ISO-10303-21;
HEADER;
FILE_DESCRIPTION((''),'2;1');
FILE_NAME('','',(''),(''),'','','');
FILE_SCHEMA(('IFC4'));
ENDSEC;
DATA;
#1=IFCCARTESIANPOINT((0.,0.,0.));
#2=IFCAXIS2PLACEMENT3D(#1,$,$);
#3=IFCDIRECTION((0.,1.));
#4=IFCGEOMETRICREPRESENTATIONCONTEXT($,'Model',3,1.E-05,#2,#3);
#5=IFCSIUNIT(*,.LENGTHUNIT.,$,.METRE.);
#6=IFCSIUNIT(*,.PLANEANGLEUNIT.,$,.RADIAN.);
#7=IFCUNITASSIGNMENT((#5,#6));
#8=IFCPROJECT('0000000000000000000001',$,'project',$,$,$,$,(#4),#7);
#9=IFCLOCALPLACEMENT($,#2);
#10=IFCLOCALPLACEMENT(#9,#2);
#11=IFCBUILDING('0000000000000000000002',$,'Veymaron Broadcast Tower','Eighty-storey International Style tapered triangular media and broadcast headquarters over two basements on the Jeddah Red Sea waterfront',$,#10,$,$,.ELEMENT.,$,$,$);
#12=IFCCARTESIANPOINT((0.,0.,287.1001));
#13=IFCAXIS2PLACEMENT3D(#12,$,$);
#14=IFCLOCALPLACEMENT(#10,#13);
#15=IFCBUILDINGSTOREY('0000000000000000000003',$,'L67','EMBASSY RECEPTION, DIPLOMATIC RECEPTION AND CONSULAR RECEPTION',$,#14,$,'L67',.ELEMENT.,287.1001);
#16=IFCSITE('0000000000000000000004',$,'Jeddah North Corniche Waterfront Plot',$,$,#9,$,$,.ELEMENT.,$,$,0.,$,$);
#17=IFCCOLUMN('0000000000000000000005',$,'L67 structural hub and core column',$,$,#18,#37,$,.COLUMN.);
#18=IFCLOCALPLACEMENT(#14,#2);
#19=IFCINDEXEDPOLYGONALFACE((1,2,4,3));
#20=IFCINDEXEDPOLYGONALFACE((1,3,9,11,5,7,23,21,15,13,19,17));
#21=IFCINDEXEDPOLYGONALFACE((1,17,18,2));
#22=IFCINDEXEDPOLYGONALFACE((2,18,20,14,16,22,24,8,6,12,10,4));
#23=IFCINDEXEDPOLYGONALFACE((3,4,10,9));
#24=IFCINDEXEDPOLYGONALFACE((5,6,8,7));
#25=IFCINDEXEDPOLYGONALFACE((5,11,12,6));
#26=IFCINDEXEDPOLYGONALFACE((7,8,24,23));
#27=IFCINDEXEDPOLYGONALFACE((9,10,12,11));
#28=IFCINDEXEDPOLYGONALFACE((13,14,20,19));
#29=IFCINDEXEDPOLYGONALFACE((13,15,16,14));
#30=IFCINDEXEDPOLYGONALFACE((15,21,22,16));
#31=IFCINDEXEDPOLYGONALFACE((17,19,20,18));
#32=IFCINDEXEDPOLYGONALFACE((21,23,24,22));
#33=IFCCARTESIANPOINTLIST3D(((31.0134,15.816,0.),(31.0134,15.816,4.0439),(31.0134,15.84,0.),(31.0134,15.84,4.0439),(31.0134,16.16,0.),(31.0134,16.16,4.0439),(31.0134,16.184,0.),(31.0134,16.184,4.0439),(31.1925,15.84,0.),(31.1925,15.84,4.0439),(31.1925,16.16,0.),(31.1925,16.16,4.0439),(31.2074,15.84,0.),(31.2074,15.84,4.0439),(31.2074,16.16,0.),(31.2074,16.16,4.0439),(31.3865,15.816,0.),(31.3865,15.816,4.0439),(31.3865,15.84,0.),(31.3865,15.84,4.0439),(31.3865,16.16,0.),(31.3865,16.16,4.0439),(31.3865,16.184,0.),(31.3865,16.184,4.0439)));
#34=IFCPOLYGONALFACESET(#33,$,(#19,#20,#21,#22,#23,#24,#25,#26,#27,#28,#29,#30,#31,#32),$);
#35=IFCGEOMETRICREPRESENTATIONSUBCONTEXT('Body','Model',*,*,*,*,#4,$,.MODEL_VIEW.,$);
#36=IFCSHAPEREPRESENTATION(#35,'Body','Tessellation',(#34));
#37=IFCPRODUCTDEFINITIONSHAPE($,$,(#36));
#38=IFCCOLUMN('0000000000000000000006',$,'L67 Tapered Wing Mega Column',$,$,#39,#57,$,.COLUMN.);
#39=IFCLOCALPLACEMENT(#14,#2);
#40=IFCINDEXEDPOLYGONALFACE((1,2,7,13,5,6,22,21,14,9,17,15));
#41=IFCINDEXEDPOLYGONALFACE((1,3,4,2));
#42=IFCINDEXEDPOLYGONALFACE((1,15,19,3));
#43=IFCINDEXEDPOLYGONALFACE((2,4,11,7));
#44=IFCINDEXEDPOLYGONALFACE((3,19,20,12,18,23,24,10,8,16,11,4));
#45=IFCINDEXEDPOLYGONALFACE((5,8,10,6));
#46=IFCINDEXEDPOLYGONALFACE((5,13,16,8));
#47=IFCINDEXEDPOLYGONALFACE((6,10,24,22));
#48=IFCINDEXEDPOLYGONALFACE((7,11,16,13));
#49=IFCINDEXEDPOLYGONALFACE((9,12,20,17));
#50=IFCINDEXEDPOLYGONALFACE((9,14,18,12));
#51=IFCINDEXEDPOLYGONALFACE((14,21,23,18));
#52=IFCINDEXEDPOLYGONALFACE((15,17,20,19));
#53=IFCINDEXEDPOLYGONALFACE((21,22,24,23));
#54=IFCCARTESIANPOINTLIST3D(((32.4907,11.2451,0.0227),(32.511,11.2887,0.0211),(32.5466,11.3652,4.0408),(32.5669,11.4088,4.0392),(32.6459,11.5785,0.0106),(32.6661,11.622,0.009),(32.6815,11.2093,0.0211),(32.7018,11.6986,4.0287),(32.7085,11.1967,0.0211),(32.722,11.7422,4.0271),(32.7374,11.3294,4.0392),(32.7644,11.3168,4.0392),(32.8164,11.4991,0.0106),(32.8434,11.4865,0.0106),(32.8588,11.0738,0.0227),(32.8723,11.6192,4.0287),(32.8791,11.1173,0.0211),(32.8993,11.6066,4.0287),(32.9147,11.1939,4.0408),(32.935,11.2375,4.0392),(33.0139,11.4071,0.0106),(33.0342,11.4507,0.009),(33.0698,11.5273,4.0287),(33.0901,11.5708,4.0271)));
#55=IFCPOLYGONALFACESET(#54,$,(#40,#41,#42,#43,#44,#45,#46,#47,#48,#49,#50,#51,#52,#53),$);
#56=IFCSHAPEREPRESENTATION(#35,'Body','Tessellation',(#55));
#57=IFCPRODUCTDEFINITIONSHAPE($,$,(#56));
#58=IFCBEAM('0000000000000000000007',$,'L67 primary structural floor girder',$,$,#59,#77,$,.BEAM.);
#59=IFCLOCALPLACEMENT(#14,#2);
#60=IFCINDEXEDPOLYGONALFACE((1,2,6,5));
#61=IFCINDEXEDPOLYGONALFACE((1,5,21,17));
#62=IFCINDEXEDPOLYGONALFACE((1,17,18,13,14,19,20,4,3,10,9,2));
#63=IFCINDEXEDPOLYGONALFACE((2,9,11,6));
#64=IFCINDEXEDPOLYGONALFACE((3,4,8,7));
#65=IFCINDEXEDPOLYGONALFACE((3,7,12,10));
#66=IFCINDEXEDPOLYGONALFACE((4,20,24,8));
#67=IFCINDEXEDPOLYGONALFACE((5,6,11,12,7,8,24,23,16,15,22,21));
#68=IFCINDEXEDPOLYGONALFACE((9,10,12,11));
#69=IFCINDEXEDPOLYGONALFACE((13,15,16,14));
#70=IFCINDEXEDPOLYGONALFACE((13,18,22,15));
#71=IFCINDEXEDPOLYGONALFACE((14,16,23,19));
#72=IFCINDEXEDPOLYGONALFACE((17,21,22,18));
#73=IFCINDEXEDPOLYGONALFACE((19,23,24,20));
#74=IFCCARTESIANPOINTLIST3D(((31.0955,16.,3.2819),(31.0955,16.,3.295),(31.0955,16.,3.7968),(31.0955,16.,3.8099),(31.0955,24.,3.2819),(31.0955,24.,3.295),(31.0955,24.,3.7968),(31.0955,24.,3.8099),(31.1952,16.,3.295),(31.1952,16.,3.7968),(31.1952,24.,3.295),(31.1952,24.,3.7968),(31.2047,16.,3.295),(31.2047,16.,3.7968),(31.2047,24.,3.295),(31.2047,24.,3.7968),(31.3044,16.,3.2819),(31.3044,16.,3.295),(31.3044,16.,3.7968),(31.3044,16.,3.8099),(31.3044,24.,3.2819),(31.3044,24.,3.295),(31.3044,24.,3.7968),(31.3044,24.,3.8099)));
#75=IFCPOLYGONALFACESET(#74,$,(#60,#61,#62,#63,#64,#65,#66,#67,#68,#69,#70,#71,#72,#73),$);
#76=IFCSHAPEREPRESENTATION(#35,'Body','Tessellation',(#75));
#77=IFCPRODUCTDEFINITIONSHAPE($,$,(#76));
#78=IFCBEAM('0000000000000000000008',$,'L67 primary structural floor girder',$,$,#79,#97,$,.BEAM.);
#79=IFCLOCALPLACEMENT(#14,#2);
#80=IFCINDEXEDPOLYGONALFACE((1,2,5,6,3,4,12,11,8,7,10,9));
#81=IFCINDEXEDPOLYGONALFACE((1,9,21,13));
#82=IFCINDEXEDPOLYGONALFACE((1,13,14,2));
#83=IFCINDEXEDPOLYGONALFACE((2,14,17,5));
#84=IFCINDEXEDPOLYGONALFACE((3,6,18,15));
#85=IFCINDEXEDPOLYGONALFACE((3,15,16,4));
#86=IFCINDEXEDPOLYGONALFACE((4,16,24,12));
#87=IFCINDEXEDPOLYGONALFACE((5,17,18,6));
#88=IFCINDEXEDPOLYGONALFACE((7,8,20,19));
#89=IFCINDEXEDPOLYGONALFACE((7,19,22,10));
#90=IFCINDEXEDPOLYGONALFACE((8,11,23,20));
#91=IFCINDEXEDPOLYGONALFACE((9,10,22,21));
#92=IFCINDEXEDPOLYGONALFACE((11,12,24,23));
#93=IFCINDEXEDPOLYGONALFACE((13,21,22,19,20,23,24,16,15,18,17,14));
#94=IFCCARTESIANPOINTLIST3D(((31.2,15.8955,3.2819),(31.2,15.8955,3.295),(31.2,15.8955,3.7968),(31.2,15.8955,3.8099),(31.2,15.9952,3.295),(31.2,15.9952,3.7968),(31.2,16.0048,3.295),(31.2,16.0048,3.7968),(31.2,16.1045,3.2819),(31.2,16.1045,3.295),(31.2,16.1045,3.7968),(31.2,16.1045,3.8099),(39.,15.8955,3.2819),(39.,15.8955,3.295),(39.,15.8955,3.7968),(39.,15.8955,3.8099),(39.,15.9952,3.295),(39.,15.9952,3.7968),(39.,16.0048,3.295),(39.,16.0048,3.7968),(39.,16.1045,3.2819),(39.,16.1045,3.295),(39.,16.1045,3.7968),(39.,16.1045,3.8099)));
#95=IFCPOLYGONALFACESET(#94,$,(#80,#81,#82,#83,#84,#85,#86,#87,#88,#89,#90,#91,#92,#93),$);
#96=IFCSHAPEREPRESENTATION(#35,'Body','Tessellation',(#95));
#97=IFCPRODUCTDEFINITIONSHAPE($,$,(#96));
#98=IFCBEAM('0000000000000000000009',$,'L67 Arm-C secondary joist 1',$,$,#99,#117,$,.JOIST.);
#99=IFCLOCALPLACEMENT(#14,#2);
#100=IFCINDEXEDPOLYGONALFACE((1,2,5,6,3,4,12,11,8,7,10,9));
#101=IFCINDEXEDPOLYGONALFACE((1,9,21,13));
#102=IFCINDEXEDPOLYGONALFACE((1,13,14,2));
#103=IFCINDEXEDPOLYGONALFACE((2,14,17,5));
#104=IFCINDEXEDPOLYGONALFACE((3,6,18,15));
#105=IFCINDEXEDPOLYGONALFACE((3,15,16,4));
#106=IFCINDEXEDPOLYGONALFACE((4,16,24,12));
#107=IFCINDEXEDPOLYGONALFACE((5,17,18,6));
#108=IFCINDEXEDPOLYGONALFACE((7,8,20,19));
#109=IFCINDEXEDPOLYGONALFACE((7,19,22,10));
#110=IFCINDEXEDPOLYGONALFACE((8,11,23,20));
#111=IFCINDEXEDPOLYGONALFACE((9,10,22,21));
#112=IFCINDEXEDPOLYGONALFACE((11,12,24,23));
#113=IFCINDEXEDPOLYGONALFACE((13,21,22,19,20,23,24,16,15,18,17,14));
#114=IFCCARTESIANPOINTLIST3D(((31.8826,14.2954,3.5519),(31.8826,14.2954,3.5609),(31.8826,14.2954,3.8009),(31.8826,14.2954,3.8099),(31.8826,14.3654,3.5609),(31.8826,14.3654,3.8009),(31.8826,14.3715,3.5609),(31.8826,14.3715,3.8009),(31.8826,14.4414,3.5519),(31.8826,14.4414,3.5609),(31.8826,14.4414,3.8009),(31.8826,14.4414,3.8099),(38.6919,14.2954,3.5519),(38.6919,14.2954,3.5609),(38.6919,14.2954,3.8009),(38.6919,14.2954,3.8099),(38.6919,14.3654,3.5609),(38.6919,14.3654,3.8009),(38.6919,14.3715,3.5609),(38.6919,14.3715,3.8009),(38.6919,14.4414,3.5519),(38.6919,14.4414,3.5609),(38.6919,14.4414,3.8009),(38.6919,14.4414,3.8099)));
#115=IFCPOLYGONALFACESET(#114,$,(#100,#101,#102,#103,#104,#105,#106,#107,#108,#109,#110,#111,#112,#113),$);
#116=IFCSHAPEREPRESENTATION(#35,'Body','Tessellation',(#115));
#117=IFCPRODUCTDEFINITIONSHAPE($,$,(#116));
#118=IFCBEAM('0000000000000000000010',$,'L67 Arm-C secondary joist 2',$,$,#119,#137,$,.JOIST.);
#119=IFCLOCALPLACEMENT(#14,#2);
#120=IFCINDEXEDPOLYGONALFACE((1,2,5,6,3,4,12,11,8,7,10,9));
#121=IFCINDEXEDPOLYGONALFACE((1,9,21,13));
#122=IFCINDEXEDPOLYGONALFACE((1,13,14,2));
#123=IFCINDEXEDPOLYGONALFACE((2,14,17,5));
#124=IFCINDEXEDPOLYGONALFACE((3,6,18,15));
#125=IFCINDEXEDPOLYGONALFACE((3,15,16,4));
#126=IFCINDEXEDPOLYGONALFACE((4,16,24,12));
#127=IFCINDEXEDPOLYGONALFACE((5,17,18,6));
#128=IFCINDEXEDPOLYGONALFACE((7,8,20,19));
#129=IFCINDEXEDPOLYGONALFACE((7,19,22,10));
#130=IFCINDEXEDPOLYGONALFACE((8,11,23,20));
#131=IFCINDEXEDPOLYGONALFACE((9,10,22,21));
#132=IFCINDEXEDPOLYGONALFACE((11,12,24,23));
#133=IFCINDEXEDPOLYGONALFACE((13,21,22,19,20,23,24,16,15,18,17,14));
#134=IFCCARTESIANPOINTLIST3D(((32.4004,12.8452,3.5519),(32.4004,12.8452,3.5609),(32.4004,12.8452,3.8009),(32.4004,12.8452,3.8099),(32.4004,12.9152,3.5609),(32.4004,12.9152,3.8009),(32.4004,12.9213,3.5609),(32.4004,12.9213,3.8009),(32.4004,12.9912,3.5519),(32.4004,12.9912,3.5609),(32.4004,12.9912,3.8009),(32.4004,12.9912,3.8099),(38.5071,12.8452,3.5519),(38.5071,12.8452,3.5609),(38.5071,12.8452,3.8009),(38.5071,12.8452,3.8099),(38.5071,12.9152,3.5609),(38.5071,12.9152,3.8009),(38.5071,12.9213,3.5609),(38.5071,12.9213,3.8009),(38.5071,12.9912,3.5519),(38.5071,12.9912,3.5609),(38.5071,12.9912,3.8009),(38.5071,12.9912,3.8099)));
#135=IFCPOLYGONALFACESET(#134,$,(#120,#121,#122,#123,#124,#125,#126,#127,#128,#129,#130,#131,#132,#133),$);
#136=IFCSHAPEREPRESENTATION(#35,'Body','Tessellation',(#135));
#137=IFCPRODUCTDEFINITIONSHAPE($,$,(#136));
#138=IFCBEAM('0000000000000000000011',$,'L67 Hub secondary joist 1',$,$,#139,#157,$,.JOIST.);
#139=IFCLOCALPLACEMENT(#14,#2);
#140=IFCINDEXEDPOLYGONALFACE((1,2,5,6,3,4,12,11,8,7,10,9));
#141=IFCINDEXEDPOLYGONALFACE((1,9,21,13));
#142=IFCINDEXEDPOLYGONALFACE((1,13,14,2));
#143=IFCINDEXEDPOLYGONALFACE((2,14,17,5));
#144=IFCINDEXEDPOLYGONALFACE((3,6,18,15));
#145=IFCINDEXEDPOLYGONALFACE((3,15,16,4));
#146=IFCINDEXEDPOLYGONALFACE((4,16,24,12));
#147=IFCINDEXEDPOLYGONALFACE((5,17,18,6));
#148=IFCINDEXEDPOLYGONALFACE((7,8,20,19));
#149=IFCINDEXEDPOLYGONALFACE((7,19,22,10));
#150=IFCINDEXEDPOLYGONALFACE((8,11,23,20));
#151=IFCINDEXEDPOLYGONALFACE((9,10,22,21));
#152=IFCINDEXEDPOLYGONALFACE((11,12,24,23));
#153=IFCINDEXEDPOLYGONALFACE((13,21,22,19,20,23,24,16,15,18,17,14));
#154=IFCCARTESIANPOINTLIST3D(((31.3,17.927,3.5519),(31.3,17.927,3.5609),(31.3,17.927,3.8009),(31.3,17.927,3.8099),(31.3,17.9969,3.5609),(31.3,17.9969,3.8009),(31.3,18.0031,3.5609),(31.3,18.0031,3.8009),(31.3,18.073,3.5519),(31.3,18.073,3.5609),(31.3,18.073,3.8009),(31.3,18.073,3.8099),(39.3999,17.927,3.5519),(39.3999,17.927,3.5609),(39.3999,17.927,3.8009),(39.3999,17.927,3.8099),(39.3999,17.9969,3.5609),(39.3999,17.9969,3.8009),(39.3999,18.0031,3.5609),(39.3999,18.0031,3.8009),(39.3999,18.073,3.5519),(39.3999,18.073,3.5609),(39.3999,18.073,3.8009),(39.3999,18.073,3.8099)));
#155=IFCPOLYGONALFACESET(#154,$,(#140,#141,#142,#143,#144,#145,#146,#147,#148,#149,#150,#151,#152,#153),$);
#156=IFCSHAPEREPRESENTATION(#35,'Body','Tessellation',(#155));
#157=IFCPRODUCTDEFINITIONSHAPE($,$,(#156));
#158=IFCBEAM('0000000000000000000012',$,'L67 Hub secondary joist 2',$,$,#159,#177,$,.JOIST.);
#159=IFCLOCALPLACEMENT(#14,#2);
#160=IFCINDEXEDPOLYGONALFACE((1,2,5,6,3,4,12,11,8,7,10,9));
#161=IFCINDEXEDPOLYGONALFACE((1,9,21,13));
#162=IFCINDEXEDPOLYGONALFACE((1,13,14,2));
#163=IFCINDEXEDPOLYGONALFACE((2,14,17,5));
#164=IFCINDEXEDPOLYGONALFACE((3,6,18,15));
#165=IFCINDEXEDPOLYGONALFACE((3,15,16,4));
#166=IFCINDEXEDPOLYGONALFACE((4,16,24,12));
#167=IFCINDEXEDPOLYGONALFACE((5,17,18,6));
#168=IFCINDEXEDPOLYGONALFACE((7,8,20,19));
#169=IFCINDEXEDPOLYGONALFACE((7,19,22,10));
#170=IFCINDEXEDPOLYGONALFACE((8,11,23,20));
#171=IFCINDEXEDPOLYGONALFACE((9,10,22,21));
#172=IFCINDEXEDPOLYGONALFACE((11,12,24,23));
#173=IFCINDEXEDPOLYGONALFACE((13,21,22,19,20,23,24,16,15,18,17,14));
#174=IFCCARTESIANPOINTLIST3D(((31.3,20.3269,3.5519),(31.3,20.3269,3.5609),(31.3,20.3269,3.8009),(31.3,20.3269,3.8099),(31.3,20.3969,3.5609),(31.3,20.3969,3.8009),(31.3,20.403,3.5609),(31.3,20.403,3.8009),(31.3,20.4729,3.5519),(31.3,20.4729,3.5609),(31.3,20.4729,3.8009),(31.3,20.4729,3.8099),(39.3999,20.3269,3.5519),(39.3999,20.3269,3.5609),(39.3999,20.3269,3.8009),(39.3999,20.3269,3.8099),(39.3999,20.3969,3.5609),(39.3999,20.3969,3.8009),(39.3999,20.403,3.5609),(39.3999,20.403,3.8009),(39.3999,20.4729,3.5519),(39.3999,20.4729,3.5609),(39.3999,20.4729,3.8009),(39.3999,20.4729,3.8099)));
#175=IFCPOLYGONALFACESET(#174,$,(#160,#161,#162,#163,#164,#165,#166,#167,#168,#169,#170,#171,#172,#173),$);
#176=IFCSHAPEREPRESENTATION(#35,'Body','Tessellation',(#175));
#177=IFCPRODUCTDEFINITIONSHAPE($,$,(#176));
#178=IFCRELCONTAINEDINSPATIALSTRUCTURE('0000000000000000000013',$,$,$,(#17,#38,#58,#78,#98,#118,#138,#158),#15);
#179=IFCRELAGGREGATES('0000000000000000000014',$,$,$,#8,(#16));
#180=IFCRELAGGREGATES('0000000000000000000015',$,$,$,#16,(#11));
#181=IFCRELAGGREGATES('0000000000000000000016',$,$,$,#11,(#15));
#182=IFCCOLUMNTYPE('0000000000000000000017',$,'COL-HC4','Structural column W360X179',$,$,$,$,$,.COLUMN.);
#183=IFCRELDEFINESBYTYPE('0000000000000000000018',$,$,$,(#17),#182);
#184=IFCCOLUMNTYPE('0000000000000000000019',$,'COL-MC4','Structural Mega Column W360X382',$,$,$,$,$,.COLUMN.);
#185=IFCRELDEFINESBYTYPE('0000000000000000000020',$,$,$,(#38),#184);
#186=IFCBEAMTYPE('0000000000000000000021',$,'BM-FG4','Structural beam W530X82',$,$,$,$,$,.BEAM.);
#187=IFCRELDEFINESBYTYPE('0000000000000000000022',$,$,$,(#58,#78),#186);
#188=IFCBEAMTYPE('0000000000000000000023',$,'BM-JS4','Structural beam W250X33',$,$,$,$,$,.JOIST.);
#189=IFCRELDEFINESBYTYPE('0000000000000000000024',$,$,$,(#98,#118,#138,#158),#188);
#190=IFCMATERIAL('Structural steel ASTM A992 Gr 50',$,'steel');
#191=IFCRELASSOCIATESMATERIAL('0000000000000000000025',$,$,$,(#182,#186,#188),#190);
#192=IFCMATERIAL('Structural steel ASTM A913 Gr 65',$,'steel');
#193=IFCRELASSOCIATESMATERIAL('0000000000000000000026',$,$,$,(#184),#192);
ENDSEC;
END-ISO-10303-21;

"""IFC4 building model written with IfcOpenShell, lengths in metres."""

from ifc_helpers import new_model, si_unit, direction, frame, origin, origin_2d, place, context, subcontext, project, spatial, i_section, extrude, material, material_profile, profile_set, type_object, element, save


model = new_model("IFC4")

# Units and contexts
model_context = context("Model", 3, precision=1e-05, world=origin(), true_north=direction((0.0, 1.0)))
body_context = subcontext(model_context, "Body", "Model", "MODEL_VIEW")
ifc_project = project(units=[si_unit("LENGTHUNIT", "METRE"), si_unit("PLANEANGLEUNIT", "RADIAN")], contexts=[model_context])

# Site, building, storey
site_placement = place(None, origin())
site = spatial("IfcSite", under=ifc_project, at=site_placement, Name="Jeddah North Corniche Waterfront Plot", CompositionType="ELEMENT", RefElevation=0.0)
building_placement = place(site_placement, origin())
building = spatial("IfcBuilding", under=site, at=building_placement, Name="Veymaron Broadcast Tower", Description="Eighty-storey International Style tapered triangular media and broadcast headquarters over two basements on the Jeddah Red Sea waterfront", CompositionType="ELEMENT")
storey_placement = place(building_placement, frame((0.0, 0.0, 287.1001)))
storey = spatial("IfcBuildingStorey", under=building, at=storey_placement, Name="L67", Description="EMBASSY RECEPTION, DIPLOMATIC RECEPTION AND CONSULAR RECEPTION", LongName="L67", CompositionType="ELEMENT", Elevation=287.1001)

# Columns
ifc_material_1 = material(Name="Structural steel ASTM A992 Gr 50", Category="steel")
ifc_material_profile_1 = material_profile(ifc_material_1, i_section(OverallWidth=0.373, OverallDepth=0.3679, WebThickness=0.0149, FlangeThickness=0.0239, at=origin_2d()), Name="W360X179")
ifc_profile_set_1 = profile_set([ifc_material_profile_1], Name="Structural steel ASTM A992 Gr 50")
column_type_1 = type_object("IfcColumnType", Name="COL-HC4", Description="Structural column W360X179", PredefinedType="COLUMN", material=ifc_profile_set_1)
column_1_placement = place(storey_placement, frame((31.2, 16.0, 0.0), z_axis=(0.0, 0.0, 1.0), x_axis=(1.0, 0.0, 0.0)))
element("IfcColumn", 1, at=column_1_placement, inside=storey, type_object=column_type_1, Name="L67 structural hub and core column", PredefinedType="COLUMN", context=body_context, shape_type="SweptSolid", body=[
    extrude(i_section(OverallWidth=0.373, OverallDepth=0.3679, WebThickness=0.0149, FlangeThickness=0.0239, at=origin_2d()), origin(), (0.0, 0.0, 1.0), 4.0439),
])
ifc_material_2 = material(Name="Structural steel ASTM A913 Gr 65", Category="steel")
ifc_material_profile_2 = material_profile(ifc_material_2, i_section(OverallWidth=0.406, OverallDepth=0.416, WebThickness=0.0298, FlangeThickness=0.0481, at=origin_2d()), Name="W360X382")
ifc_profile_set_2 = profile_set([ifc_material_profile_2], Name="Structural steel ASTM A913 Gr 65")
column_type_2 = type_object("IfcColumnType", Name="COL-MC4", Description="Structural Mega Column W360X382", PredefinedType="COLUMN", material=ifc_profile_set_2)
column_2_placement = place(storey_placement, frame((32.7625, 11.3479, 0.0159), z_axis=(0.013907, 0.029878, 0.999457), x_axis=(-0.906606, 0.421977, 0.0)))
element("IfcColumn", 2, at=column_2_placement, inside=storey, type_object=column_type_2, Name="L67 Tapered Wing Mega Column", PredefinedType="COLUMN", context=body_context, shape_type="SweptSolid", body=[
    extrude(i_section(OverallWidth=0.406, OverallDepth=0.416, WebThickness=0.0298, FlangeThickness=0.0481, at=origin_2d()), origin(), (0.0, 0.0, 1.0), 4.0203),
])

# Beams
ifc_material_profile_3 = material_profile(ifc_material_1, i_section(OverallWidth=0.209, OverallDepth=0.5281, WebThickness=0.0095, FlangeThickness=0.0132, at=origin_2d()), Name="W530X82")
ifc_profile_set_3 = profile_set([ifc_material_profile_3], Name="Structural steel ASTM A992 Gr 50")
beam_type_1 = type_object("IfcBeamType", Name="BM-FG4", Description="Structural beam W530X82", PredefinedType="BEAM", material=ifc_profile_set_3)
beam_1_placement = place(storey_placement, frame((31.2, 16.0, 3.5459), z_axis=(0.0, 1.0, 0.0), x_axis=(-1.0, 0.0, 0.0)))
element("IfcBeam", 3, at=beam_1_placement, inside=storey, type_object=beam_type_1, Name="L67 primary structural floor girder", PredefinedType="BEAM", context=body_context, shape_type="SweptSolid", body=[
    extrude(i_section(OverallWidth=0.209, OverallDepth=0.5281, WebThickness=0.0095, FlangeThickness=0.0132, at=origin_2d()), origin(), (0.0, 0.0, 1.0), 8.0),
])
beam_2_placement = place(storey_placement, frame((31.2, 16.0, 3.5459), z_axis=(1.0, 0.0, 0.0), x_axis=(0.0, 1.0, 0.0)))
element("IfcBeam", 4, at=beam_2_placement, inside=storey, type_object=beam_type_1, Name="L67 primary structural floor girder", PredefinedType="BEAM", context=body_context, shape_type="SweptSolid", body=[
    extrude(i_section(OverallWidth=0.209, OverallDepth=0.5281, WebThickness=0.0095, FlangeThickness=0.0132, at=origin_2d()), origin(), (0.0, 0.0, 1.0), 7.8),
])
ifc_material_profile_4 = material_profile(ifc_material_1, i_section(OverallWidth=0.146, OverallDepth=0.2581, WebThickness=0.0061, FlangeThickness=0.009, at=origin_2d()), Name="W250X33")
ifc_profile_set_4 = profile_set([ifc_material_profile_4], Name="Structural steel ASTM A992 Gr 50")
beam_type_2 = type_object("IfcBeamType", Name="BM-JS4", Description="Structural beam W250X33", PredefinedType="JOIST", material=ifc_profile_set_4)
beam_3_placement = place(storey_placement, frame((31.8826, 14.3684, 3.6809), z_axis=(1.0, 0.0, 0.0), x_axis=(0.0, 1.0, 0.0)))
element("IfcBeam", 5, at=beam_3_placement, inside=storey, type_object=beam_type_2, Name="L67 Arm-C secondary joist 1", PredefinedType="JOIST", context=body_context, shape_type="SweptSolid", body=[
    extrude(i_section(OverallWidth=0.146, OverallDepth=0.2581, WebThickness=0.0061, FlangeThickness=0.009, at=origin_2d()), origin(), (0.0, 0.0, 1.0), 6.8093),
])
beam_4_placement = place(storey_placement, frame((32.4004, 12.9182, 3.6809), z_axis=(1.0, 0.0, 0.0), x_axis=(0.0, 1.0, 0.0)))
element("IfcBeam", 6, at=beam_4_placement, inside=storey, type_object=beam_type_2, Name="L67 Arm-C secondary joist 2", PredefinedType="JOIST", context=body_context, shape_type="SweptSolid", body=[
    extrude(i_section(OverallWidth=0.146, OverallDepth=0.2581, WebThickness=0.0061, FlangeThickness=0.009, at=origin_2d()), origin(), (0.0, 0.0, 1.0), 6.1067),
])
for number, where, z_axis, x_axis, name in (
    (7, (31.3, 18.0, 3.6809), (1.0, 0.0, 0.0), (0.0, 1.0, 0.0), "L67 Hub secondary joist 1"),
    (8, (31.3, 20.3999, 3.6809), (1.0, 0.0, 0.0), (0.0, 1.0, 0.0), "L67 Hub secondary joist 2"),
):
    element("IfcBeam", number, at=place(storey_placement, frame(where, z_axis=z_axis, x_axis=x_axis)), inside=storey, type_object=beam_type_2, Name=name, PredefinedType="JOIST", context=body_context, shape_type="SweptSolid", body=[
        extrude(i_section(OverallWidth=0.146, OverallDepth=0.2581, WebThickness=0.0061, FlangeThickness=0.009, at=origin_2d()), origin(), (0.0, 0.0, 1.0), 8.0999),
    ])

save(model, "model.ifc")
